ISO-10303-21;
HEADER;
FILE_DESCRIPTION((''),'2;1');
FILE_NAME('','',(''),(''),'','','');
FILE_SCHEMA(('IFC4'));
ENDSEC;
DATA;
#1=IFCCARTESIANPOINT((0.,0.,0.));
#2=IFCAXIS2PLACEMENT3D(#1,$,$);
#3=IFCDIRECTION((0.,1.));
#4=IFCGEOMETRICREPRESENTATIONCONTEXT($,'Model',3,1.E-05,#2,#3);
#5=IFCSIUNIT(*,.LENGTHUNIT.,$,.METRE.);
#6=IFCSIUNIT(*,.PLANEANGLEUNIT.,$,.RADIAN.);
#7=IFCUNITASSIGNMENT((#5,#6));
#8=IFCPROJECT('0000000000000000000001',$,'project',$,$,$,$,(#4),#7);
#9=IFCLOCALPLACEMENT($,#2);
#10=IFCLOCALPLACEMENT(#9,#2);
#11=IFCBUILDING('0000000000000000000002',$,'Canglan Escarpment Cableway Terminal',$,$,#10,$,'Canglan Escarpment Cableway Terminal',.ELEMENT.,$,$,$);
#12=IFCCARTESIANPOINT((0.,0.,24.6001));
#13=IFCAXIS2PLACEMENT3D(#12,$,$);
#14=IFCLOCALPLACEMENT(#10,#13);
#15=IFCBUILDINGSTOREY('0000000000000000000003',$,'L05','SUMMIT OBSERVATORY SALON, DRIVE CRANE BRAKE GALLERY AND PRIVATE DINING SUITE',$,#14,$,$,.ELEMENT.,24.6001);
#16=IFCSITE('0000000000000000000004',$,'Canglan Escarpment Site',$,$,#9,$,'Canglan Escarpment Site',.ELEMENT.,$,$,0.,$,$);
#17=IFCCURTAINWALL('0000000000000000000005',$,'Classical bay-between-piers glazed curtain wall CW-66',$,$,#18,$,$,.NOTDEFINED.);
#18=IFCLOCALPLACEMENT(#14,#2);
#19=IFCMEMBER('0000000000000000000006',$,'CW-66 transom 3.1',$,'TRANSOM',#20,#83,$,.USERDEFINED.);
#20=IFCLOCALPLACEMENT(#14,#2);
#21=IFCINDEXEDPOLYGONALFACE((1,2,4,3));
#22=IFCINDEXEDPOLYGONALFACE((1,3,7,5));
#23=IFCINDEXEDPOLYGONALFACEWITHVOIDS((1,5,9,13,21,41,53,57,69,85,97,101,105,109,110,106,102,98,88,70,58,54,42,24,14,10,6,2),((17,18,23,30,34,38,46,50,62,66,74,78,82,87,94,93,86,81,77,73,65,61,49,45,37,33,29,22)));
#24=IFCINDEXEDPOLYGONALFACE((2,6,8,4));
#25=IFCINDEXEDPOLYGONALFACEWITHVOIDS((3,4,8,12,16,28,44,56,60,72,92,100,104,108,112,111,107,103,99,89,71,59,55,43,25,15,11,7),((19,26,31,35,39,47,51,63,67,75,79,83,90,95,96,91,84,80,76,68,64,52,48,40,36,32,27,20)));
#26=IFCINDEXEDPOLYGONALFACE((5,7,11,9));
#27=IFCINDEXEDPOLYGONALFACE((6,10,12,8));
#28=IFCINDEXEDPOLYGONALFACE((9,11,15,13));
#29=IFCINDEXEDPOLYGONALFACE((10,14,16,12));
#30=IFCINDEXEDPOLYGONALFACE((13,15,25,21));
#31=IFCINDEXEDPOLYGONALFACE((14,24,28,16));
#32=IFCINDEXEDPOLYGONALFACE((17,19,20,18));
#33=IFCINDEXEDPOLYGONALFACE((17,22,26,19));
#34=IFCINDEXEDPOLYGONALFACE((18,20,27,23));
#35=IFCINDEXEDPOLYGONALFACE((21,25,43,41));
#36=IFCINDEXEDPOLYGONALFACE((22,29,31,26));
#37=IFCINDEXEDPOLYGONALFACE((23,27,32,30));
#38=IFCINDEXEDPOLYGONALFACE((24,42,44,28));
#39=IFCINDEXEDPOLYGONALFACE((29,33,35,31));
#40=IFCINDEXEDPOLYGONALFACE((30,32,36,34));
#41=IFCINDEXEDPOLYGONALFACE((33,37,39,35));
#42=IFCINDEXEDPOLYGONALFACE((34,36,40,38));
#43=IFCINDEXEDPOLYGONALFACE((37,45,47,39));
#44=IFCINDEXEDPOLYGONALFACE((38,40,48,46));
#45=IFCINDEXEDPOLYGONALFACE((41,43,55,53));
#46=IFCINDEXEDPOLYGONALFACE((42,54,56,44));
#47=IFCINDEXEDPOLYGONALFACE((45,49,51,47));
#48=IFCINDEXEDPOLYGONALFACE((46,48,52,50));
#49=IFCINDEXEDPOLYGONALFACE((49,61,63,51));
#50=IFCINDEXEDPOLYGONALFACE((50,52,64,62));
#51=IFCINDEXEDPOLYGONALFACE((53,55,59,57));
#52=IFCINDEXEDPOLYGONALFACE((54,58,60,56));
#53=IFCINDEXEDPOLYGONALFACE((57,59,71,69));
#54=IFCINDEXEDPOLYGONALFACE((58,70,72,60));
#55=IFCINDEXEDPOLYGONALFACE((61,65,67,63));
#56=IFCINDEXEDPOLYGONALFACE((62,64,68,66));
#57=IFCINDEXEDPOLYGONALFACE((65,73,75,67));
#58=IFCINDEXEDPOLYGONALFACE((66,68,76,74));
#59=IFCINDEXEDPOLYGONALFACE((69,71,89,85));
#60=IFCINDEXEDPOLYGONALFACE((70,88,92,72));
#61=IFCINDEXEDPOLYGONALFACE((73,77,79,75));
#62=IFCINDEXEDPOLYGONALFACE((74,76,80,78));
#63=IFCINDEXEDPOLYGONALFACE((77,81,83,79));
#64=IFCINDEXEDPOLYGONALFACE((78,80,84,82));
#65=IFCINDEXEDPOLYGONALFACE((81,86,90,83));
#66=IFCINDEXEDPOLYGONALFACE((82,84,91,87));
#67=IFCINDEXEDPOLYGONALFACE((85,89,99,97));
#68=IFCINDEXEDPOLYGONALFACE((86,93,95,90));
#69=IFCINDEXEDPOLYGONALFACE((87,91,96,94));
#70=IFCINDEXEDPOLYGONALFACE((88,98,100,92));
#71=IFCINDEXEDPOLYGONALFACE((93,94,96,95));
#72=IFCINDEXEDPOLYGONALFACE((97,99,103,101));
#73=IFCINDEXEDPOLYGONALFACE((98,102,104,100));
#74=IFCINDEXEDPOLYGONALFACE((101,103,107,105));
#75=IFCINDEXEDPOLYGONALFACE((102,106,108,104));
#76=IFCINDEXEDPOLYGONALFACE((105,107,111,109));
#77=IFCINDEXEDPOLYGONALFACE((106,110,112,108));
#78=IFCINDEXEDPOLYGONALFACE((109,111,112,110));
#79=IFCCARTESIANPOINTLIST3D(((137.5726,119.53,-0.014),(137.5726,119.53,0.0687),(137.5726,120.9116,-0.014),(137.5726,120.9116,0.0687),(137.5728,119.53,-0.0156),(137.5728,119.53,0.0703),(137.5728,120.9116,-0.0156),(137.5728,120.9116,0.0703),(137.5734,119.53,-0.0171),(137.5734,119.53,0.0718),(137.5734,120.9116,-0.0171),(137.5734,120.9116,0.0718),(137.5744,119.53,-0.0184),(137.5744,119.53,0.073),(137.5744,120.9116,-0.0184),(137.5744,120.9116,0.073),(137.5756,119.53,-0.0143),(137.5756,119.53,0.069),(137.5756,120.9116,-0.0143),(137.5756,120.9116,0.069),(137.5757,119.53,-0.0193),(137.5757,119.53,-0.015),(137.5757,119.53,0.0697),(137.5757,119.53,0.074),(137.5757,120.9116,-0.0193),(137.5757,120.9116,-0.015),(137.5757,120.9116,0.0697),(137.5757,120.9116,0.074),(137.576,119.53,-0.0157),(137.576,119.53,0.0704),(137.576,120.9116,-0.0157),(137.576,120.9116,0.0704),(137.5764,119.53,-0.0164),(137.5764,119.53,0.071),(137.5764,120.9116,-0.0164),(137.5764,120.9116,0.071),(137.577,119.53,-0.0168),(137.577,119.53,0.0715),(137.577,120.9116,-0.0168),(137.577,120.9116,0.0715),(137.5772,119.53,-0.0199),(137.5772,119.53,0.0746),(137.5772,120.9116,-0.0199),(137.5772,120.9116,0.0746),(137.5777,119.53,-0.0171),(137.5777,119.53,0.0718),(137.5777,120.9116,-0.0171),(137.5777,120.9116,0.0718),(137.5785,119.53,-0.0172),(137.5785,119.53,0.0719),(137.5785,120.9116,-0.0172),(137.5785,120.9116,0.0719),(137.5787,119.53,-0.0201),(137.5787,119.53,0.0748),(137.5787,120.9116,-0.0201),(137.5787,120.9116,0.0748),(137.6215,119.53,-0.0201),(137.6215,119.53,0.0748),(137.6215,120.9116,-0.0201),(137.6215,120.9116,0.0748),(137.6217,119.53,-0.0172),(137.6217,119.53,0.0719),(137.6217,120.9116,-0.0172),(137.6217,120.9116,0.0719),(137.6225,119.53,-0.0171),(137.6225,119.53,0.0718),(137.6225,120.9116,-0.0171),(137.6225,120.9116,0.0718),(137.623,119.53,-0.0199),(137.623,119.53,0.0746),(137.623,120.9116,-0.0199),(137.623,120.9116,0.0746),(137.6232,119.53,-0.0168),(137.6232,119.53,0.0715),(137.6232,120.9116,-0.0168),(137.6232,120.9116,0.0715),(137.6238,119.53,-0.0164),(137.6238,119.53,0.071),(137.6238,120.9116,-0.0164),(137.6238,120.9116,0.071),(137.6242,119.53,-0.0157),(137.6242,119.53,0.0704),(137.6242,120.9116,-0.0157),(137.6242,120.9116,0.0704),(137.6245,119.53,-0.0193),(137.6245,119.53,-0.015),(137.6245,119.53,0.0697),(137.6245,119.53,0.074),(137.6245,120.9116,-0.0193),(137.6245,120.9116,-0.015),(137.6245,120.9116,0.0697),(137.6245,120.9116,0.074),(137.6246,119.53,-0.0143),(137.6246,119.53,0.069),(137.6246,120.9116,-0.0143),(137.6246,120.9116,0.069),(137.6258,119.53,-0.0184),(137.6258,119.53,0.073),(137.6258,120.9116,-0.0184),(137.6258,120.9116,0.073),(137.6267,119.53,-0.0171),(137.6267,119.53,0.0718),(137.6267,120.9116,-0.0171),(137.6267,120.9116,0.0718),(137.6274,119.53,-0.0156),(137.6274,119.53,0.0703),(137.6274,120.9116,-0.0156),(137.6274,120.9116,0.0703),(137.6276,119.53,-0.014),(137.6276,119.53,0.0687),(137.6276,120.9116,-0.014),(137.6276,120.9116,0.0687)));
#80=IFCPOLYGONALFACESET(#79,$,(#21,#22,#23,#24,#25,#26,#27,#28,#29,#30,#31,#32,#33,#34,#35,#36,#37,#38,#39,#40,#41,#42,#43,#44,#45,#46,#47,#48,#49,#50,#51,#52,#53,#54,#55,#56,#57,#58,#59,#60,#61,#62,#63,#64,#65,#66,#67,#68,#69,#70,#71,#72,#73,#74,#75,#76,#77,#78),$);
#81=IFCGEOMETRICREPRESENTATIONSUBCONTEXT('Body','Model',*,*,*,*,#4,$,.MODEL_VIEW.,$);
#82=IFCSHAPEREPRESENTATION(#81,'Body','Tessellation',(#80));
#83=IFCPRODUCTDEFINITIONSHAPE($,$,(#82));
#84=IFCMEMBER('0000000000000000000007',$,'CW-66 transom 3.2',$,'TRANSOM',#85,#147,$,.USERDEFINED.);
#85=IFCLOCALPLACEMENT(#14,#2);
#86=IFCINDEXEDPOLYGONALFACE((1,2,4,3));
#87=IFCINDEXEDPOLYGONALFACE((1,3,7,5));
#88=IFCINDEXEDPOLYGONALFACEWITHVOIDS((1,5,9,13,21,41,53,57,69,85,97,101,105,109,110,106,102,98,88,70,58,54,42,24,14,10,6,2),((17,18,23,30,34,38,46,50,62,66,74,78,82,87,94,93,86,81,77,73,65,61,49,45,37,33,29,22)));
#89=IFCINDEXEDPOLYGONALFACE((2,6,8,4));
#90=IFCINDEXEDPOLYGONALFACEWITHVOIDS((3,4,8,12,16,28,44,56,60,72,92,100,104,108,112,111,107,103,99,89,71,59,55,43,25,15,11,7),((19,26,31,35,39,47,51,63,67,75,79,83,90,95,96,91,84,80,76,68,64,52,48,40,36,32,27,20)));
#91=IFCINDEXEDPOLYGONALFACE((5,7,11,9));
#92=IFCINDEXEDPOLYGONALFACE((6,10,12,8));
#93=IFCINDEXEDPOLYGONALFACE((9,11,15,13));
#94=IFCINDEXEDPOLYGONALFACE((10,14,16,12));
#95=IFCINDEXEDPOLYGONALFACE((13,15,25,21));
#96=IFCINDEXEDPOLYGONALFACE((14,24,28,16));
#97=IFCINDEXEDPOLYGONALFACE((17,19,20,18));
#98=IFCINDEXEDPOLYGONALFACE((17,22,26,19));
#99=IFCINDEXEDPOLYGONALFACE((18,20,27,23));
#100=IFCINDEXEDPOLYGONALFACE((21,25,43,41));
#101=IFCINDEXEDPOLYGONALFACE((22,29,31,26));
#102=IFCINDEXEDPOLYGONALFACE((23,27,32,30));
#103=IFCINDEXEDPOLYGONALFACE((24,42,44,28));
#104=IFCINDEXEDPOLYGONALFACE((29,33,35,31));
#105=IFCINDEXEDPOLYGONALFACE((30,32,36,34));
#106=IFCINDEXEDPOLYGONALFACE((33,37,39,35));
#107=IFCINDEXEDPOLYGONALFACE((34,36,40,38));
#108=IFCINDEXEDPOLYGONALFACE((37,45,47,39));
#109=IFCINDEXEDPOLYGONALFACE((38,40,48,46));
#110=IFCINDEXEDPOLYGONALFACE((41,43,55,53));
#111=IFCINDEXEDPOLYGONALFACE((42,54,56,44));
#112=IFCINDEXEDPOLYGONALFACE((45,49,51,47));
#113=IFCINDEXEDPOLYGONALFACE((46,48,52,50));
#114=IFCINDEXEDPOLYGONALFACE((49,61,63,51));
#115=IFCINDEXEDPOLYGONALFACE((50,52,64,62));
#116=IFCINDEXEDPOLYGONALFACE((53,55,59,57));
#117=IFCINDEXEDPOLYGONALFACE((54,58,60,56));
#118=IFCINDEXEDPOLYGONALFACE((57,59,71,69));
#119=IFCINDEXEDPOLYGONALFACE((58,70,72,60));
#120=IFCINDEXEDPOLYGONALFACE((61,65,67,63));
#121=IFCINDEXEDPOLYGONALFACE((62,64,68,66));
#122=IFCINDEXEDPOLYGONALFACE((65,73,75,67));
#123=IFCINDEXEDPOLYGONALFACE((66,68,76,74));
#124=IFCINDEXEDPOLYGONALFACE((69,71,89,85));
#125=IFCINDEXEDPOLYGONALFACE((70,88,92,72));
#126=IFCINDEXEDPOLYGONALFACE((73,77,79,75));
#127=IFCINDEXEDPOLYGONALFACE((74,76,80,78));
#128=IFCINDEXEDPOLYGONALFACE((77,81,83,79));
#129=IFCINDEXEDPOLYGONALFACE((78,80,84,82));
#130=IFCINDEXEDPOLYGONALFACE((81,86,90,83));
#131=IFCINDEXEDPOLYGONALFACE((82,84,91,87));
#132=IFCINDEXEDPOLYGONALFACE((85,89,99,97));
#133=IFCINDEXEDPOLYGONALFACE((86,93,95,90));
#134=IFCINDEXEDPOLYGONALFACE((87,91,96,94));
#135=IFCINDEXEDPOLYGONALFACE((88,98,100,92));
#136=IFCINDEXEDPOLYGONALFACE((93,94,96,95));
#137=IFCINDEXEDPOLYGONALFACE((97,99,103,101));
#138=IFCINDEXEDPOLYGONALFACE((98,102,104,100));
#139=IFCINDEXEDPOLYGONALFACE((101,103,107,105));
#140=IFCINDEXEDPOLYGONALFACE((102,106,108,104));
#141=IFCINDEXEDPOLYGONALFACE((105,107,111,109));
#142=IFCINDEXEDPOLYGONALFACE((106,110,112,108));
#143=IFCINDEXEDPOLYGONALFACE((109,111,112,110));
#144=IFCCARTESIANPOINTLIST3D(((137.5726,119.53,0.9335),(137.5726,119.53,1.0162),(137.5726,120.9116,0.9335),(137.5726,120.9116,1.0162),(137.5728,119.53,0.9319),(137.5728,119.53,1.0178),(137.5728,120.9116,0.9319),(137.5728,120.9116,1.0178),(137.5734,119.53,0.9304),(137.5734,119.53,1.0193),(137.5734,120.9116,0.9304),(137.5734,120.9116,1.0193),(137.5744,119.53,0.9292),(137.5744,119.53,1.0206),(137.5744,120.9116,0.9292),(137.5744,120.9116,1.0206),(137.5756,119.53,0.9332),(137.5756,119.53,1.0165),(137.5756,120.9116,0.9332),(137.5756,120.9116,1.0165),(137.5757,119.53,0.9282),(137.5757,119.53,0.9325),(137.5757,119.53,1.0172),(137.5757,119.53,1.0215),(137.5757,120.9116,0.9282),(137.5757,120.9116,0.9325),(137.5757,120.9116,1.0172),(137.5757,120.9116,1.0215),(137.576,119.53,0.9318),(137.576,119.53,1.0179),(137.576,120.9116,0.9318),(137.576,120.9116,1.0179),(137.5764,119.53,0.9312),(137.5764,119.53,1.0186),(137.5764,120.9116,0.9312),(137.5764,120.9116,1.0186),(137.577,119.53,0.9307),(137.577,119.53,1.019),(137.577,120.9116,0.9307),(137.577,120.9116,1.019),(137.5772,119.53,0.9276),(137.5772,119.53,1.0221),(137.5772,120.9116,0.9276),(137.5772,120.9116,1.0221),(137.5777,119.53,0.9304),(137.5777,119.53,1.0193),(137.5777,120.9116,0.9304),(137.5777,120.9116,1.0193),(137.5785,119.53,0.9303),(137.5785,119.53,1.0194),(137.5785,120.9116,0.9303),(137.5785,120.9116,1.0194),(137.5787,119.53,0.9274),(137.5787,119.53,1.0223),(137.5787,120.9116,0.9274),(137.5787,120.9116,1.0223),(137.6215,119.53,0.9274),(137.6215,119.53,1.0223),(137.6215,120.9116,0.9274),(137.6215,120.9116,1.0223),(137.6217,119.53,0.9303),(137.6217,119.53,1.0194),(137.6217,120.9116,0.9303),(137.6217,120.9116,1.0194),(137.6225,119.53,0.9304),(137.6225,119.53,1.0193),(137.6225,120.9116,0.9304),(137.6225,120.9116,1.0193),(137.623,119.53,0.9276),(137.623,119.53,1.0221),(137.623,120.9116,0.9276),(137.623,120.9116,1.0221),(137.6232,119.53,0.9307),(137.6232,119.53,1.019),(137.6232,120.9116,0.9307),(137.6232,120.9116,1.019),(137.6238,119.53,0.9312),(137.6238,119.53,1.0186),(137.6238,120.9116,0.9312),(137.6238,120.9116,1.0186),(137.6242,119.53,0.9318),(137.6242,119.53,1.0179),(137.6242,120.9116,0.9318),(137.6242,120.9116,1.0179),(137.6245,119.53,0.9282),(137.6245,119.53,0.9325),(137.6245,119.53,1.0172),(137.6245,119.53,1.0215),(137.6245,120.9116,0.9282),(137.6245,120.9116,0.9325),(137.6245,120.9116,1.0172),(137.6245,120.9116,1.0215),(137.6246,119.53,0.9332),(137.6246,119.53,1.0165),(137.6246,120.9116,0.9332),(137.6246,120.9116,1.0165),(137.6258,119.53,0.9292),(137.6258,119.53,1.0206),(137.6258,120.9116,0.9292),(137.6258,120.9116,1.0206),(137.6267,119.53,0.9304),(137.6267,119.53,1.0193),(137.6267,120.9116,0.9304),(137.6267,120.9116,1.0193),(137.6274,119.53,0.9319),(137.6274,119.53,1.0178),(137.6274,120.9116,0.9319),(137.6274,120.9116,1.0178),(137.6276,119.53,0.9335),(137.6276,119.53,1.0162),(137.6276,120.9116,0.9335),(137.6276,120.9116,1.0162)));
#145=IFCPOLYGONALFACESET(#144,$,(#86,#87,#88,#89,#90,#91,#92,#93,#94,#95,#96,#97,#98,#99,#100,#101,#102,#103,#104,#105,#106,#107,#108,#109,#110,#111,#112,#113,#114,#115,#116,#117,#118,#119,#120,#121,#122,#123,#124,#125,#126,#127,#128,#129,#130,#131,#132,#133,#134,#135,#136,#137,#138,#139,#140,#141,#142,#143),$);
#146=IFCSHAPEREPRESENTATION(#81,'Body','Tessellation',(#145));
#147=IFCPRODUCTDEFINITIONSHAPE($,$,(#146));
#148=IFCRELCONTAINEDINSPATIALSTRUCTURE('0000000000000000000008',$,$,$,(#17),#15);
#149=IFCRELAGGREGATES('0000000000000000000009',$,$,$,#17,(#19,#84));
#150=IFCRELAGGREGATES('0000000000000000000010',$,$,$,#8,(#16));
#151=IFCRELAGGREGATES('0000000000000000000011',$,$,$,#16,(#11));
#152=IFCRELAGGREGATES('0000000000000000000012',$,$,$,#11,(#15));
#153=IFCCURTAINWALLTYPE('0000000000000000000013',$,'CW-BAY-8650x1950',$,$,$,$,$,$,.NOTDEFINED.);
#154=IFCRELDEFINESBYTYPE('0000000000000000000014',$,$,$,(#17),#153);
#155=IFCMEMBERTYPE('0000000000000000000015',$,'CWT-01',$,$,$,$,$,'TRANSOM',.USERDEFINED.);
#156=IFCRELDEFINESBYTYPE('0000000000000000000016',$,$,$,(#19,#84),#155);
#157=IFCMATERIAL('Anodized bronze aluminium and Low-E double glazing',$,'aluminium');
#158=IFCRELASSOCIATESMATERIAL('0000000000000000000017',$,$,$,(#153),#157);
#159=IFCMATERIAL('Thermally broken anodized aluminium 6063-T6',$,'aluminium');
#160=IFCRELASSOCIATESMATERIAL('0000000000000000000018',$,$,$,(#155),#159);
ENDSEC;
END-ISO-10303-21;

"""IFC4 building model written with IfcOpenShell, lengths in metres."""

from ifc_helpers import new_model, si_unit, direction, frame, origin, origin_2d, place, context, subcontext, project, spatial, hollow_rectangle, extrude, material, material_profile, profile_set, type_object, element, aggregate, save


model = new_model("IFC4")

# Units and contexts
model_context = context("Model", 3, precision=1e-05, world=origin(), true_north=direction((0.0, 1.0)))
body_context = subcontext(model_context, "Body", "Model", "MODEL_VIEW")
ifc_project = project(units=[si_unit("LENGTHUNIT", "METRE"), si_unit("PLANEANGLEUNIT", "RADIAN")], contexts=[model_context])

# Site, building, storey
site_placement = place(None, origin())
site = spatial("IfcSite", under=ifc_project, at=site_placement, Name="Canglan Escarpment Site", LongName="Canglan Escarpment Site", CompositionType="ELEMENT", RefElevation=0.0)
building_placement = place(site_placement, origin())
building = spatial("IfcBuilding", under=site, at=building_placement, Name="Canglan Escarpment Cableway Terminal", LongName="Canglan Escarpment Cableway Terminal", CompositionType="ELEMENT")
storey_placement = place(building_placement, frame((0.0, 0.0, 24.6001)))
storey = spatial("IfcBuildingStorey", under=building, at=storey_placement, Name="L05", Description="SUMMIT OBSERVATORY SALON, DRIVE CRANE BRAKE GALLERY AND PRIVATE DINING SUITE", CompositionType="ELEMENT", Elevation=24.6001)

# Curtain wall
ifc_material_1 = material(Name="Anodized bronze aluminium and Low-E double glazing", Category="aluminium")
curtain_wall_type = type_object("IfcCurtainWallType", Name="CW-BAY-8650x1950", PredefinedType="NOTDEFINED", material=ifc_material_1)
curtain_wall_1_placement = place(storey_placement, origin())
curtain_wall_1 = element("IfcCurtainWall", 1, at=curtain_wall_1_placement, inside=storey, type_object=curtain_wall_type, Name="Classical bay-between-piers glazed curtain wall CW-66", PredefinedType="NOTDEFINED")
ifc_material_2 = material(Name="Thermally broken anodized aluminium 6063-T6", Category="aluminium")

# Members
ifc_material_profile_1 = material_profile(ifc_material_2, hollow_rectangle(XDim=0.0549, YDim=0.095, WallThickness=0.0029, InnerFilletRadius=0.0029, OuterFilletRadius=0.0061, at=origin_2d()), Name="ALU-TRAN 55x95x3")
ifc_profile_set_1 = profile_set([ifc_material_profile_1], Name="Thermally broken anodized aluminium 6063-T6")
member_type_1 = type_object("IfcMemberType", Name="CWT-01", ElementType="TRANSOM", PredefinedType="USERDEFINED", material=ifc_profile_set_1)
member_1_placement = place(storey_placement, frame((137.6001, 120.9116, 0.0273), z_axis=(0.0, -1.0, 0.0), x_axis=(1.0, 0.0, 0.0)))
member_1 = element("IfcMember", 2, at=member_1_placement, type_object=member_type_1, Name="CW-66 transom 3.1", ObjectType="TRANSOM", PredefinedType="USERDEFINED", context=body_context, shape_type="SweptSolid", body=[
    extrude(hollow_rectangle(XDim=0.0549, YDim=0.095, WallThickness=0.0029, InnerFilletRadius=0.0029, OuterFilletRadius=0.0061, at=origin_2d()), origin(), (0.0, 0.0, 1.0), 1.3816),
])
member_2_placement = place(storey_placement, frame((137.6001, 120.9116, 0.9749), z_axis=(0.0, -1.0, 0.0), x_axis=(1.0, 0.0, 0.0)))
member_2 = element("IfcMember", 3, at=member_2_placement, type_object=member_type_1, Name="CW-66 transom 3.2", ObjectType="TRANSOM", PredefinedType="USERDEFINED", context=body_context, shape_type="SweptSolid", body=[
    extrude(hollow_rectangle(XDim=0.0549, YDim=0.095, WallThickness=0.0029, InnerFilletRadius=0.0029, OuterFilletRadius=0.0061, at=origin_2d()), origin(), (0.0, 0.0, 1.0), 1.3816),
])

aggregate(curtain_wall_1, [member_1, member_2])

save(model, "model.ifc")
